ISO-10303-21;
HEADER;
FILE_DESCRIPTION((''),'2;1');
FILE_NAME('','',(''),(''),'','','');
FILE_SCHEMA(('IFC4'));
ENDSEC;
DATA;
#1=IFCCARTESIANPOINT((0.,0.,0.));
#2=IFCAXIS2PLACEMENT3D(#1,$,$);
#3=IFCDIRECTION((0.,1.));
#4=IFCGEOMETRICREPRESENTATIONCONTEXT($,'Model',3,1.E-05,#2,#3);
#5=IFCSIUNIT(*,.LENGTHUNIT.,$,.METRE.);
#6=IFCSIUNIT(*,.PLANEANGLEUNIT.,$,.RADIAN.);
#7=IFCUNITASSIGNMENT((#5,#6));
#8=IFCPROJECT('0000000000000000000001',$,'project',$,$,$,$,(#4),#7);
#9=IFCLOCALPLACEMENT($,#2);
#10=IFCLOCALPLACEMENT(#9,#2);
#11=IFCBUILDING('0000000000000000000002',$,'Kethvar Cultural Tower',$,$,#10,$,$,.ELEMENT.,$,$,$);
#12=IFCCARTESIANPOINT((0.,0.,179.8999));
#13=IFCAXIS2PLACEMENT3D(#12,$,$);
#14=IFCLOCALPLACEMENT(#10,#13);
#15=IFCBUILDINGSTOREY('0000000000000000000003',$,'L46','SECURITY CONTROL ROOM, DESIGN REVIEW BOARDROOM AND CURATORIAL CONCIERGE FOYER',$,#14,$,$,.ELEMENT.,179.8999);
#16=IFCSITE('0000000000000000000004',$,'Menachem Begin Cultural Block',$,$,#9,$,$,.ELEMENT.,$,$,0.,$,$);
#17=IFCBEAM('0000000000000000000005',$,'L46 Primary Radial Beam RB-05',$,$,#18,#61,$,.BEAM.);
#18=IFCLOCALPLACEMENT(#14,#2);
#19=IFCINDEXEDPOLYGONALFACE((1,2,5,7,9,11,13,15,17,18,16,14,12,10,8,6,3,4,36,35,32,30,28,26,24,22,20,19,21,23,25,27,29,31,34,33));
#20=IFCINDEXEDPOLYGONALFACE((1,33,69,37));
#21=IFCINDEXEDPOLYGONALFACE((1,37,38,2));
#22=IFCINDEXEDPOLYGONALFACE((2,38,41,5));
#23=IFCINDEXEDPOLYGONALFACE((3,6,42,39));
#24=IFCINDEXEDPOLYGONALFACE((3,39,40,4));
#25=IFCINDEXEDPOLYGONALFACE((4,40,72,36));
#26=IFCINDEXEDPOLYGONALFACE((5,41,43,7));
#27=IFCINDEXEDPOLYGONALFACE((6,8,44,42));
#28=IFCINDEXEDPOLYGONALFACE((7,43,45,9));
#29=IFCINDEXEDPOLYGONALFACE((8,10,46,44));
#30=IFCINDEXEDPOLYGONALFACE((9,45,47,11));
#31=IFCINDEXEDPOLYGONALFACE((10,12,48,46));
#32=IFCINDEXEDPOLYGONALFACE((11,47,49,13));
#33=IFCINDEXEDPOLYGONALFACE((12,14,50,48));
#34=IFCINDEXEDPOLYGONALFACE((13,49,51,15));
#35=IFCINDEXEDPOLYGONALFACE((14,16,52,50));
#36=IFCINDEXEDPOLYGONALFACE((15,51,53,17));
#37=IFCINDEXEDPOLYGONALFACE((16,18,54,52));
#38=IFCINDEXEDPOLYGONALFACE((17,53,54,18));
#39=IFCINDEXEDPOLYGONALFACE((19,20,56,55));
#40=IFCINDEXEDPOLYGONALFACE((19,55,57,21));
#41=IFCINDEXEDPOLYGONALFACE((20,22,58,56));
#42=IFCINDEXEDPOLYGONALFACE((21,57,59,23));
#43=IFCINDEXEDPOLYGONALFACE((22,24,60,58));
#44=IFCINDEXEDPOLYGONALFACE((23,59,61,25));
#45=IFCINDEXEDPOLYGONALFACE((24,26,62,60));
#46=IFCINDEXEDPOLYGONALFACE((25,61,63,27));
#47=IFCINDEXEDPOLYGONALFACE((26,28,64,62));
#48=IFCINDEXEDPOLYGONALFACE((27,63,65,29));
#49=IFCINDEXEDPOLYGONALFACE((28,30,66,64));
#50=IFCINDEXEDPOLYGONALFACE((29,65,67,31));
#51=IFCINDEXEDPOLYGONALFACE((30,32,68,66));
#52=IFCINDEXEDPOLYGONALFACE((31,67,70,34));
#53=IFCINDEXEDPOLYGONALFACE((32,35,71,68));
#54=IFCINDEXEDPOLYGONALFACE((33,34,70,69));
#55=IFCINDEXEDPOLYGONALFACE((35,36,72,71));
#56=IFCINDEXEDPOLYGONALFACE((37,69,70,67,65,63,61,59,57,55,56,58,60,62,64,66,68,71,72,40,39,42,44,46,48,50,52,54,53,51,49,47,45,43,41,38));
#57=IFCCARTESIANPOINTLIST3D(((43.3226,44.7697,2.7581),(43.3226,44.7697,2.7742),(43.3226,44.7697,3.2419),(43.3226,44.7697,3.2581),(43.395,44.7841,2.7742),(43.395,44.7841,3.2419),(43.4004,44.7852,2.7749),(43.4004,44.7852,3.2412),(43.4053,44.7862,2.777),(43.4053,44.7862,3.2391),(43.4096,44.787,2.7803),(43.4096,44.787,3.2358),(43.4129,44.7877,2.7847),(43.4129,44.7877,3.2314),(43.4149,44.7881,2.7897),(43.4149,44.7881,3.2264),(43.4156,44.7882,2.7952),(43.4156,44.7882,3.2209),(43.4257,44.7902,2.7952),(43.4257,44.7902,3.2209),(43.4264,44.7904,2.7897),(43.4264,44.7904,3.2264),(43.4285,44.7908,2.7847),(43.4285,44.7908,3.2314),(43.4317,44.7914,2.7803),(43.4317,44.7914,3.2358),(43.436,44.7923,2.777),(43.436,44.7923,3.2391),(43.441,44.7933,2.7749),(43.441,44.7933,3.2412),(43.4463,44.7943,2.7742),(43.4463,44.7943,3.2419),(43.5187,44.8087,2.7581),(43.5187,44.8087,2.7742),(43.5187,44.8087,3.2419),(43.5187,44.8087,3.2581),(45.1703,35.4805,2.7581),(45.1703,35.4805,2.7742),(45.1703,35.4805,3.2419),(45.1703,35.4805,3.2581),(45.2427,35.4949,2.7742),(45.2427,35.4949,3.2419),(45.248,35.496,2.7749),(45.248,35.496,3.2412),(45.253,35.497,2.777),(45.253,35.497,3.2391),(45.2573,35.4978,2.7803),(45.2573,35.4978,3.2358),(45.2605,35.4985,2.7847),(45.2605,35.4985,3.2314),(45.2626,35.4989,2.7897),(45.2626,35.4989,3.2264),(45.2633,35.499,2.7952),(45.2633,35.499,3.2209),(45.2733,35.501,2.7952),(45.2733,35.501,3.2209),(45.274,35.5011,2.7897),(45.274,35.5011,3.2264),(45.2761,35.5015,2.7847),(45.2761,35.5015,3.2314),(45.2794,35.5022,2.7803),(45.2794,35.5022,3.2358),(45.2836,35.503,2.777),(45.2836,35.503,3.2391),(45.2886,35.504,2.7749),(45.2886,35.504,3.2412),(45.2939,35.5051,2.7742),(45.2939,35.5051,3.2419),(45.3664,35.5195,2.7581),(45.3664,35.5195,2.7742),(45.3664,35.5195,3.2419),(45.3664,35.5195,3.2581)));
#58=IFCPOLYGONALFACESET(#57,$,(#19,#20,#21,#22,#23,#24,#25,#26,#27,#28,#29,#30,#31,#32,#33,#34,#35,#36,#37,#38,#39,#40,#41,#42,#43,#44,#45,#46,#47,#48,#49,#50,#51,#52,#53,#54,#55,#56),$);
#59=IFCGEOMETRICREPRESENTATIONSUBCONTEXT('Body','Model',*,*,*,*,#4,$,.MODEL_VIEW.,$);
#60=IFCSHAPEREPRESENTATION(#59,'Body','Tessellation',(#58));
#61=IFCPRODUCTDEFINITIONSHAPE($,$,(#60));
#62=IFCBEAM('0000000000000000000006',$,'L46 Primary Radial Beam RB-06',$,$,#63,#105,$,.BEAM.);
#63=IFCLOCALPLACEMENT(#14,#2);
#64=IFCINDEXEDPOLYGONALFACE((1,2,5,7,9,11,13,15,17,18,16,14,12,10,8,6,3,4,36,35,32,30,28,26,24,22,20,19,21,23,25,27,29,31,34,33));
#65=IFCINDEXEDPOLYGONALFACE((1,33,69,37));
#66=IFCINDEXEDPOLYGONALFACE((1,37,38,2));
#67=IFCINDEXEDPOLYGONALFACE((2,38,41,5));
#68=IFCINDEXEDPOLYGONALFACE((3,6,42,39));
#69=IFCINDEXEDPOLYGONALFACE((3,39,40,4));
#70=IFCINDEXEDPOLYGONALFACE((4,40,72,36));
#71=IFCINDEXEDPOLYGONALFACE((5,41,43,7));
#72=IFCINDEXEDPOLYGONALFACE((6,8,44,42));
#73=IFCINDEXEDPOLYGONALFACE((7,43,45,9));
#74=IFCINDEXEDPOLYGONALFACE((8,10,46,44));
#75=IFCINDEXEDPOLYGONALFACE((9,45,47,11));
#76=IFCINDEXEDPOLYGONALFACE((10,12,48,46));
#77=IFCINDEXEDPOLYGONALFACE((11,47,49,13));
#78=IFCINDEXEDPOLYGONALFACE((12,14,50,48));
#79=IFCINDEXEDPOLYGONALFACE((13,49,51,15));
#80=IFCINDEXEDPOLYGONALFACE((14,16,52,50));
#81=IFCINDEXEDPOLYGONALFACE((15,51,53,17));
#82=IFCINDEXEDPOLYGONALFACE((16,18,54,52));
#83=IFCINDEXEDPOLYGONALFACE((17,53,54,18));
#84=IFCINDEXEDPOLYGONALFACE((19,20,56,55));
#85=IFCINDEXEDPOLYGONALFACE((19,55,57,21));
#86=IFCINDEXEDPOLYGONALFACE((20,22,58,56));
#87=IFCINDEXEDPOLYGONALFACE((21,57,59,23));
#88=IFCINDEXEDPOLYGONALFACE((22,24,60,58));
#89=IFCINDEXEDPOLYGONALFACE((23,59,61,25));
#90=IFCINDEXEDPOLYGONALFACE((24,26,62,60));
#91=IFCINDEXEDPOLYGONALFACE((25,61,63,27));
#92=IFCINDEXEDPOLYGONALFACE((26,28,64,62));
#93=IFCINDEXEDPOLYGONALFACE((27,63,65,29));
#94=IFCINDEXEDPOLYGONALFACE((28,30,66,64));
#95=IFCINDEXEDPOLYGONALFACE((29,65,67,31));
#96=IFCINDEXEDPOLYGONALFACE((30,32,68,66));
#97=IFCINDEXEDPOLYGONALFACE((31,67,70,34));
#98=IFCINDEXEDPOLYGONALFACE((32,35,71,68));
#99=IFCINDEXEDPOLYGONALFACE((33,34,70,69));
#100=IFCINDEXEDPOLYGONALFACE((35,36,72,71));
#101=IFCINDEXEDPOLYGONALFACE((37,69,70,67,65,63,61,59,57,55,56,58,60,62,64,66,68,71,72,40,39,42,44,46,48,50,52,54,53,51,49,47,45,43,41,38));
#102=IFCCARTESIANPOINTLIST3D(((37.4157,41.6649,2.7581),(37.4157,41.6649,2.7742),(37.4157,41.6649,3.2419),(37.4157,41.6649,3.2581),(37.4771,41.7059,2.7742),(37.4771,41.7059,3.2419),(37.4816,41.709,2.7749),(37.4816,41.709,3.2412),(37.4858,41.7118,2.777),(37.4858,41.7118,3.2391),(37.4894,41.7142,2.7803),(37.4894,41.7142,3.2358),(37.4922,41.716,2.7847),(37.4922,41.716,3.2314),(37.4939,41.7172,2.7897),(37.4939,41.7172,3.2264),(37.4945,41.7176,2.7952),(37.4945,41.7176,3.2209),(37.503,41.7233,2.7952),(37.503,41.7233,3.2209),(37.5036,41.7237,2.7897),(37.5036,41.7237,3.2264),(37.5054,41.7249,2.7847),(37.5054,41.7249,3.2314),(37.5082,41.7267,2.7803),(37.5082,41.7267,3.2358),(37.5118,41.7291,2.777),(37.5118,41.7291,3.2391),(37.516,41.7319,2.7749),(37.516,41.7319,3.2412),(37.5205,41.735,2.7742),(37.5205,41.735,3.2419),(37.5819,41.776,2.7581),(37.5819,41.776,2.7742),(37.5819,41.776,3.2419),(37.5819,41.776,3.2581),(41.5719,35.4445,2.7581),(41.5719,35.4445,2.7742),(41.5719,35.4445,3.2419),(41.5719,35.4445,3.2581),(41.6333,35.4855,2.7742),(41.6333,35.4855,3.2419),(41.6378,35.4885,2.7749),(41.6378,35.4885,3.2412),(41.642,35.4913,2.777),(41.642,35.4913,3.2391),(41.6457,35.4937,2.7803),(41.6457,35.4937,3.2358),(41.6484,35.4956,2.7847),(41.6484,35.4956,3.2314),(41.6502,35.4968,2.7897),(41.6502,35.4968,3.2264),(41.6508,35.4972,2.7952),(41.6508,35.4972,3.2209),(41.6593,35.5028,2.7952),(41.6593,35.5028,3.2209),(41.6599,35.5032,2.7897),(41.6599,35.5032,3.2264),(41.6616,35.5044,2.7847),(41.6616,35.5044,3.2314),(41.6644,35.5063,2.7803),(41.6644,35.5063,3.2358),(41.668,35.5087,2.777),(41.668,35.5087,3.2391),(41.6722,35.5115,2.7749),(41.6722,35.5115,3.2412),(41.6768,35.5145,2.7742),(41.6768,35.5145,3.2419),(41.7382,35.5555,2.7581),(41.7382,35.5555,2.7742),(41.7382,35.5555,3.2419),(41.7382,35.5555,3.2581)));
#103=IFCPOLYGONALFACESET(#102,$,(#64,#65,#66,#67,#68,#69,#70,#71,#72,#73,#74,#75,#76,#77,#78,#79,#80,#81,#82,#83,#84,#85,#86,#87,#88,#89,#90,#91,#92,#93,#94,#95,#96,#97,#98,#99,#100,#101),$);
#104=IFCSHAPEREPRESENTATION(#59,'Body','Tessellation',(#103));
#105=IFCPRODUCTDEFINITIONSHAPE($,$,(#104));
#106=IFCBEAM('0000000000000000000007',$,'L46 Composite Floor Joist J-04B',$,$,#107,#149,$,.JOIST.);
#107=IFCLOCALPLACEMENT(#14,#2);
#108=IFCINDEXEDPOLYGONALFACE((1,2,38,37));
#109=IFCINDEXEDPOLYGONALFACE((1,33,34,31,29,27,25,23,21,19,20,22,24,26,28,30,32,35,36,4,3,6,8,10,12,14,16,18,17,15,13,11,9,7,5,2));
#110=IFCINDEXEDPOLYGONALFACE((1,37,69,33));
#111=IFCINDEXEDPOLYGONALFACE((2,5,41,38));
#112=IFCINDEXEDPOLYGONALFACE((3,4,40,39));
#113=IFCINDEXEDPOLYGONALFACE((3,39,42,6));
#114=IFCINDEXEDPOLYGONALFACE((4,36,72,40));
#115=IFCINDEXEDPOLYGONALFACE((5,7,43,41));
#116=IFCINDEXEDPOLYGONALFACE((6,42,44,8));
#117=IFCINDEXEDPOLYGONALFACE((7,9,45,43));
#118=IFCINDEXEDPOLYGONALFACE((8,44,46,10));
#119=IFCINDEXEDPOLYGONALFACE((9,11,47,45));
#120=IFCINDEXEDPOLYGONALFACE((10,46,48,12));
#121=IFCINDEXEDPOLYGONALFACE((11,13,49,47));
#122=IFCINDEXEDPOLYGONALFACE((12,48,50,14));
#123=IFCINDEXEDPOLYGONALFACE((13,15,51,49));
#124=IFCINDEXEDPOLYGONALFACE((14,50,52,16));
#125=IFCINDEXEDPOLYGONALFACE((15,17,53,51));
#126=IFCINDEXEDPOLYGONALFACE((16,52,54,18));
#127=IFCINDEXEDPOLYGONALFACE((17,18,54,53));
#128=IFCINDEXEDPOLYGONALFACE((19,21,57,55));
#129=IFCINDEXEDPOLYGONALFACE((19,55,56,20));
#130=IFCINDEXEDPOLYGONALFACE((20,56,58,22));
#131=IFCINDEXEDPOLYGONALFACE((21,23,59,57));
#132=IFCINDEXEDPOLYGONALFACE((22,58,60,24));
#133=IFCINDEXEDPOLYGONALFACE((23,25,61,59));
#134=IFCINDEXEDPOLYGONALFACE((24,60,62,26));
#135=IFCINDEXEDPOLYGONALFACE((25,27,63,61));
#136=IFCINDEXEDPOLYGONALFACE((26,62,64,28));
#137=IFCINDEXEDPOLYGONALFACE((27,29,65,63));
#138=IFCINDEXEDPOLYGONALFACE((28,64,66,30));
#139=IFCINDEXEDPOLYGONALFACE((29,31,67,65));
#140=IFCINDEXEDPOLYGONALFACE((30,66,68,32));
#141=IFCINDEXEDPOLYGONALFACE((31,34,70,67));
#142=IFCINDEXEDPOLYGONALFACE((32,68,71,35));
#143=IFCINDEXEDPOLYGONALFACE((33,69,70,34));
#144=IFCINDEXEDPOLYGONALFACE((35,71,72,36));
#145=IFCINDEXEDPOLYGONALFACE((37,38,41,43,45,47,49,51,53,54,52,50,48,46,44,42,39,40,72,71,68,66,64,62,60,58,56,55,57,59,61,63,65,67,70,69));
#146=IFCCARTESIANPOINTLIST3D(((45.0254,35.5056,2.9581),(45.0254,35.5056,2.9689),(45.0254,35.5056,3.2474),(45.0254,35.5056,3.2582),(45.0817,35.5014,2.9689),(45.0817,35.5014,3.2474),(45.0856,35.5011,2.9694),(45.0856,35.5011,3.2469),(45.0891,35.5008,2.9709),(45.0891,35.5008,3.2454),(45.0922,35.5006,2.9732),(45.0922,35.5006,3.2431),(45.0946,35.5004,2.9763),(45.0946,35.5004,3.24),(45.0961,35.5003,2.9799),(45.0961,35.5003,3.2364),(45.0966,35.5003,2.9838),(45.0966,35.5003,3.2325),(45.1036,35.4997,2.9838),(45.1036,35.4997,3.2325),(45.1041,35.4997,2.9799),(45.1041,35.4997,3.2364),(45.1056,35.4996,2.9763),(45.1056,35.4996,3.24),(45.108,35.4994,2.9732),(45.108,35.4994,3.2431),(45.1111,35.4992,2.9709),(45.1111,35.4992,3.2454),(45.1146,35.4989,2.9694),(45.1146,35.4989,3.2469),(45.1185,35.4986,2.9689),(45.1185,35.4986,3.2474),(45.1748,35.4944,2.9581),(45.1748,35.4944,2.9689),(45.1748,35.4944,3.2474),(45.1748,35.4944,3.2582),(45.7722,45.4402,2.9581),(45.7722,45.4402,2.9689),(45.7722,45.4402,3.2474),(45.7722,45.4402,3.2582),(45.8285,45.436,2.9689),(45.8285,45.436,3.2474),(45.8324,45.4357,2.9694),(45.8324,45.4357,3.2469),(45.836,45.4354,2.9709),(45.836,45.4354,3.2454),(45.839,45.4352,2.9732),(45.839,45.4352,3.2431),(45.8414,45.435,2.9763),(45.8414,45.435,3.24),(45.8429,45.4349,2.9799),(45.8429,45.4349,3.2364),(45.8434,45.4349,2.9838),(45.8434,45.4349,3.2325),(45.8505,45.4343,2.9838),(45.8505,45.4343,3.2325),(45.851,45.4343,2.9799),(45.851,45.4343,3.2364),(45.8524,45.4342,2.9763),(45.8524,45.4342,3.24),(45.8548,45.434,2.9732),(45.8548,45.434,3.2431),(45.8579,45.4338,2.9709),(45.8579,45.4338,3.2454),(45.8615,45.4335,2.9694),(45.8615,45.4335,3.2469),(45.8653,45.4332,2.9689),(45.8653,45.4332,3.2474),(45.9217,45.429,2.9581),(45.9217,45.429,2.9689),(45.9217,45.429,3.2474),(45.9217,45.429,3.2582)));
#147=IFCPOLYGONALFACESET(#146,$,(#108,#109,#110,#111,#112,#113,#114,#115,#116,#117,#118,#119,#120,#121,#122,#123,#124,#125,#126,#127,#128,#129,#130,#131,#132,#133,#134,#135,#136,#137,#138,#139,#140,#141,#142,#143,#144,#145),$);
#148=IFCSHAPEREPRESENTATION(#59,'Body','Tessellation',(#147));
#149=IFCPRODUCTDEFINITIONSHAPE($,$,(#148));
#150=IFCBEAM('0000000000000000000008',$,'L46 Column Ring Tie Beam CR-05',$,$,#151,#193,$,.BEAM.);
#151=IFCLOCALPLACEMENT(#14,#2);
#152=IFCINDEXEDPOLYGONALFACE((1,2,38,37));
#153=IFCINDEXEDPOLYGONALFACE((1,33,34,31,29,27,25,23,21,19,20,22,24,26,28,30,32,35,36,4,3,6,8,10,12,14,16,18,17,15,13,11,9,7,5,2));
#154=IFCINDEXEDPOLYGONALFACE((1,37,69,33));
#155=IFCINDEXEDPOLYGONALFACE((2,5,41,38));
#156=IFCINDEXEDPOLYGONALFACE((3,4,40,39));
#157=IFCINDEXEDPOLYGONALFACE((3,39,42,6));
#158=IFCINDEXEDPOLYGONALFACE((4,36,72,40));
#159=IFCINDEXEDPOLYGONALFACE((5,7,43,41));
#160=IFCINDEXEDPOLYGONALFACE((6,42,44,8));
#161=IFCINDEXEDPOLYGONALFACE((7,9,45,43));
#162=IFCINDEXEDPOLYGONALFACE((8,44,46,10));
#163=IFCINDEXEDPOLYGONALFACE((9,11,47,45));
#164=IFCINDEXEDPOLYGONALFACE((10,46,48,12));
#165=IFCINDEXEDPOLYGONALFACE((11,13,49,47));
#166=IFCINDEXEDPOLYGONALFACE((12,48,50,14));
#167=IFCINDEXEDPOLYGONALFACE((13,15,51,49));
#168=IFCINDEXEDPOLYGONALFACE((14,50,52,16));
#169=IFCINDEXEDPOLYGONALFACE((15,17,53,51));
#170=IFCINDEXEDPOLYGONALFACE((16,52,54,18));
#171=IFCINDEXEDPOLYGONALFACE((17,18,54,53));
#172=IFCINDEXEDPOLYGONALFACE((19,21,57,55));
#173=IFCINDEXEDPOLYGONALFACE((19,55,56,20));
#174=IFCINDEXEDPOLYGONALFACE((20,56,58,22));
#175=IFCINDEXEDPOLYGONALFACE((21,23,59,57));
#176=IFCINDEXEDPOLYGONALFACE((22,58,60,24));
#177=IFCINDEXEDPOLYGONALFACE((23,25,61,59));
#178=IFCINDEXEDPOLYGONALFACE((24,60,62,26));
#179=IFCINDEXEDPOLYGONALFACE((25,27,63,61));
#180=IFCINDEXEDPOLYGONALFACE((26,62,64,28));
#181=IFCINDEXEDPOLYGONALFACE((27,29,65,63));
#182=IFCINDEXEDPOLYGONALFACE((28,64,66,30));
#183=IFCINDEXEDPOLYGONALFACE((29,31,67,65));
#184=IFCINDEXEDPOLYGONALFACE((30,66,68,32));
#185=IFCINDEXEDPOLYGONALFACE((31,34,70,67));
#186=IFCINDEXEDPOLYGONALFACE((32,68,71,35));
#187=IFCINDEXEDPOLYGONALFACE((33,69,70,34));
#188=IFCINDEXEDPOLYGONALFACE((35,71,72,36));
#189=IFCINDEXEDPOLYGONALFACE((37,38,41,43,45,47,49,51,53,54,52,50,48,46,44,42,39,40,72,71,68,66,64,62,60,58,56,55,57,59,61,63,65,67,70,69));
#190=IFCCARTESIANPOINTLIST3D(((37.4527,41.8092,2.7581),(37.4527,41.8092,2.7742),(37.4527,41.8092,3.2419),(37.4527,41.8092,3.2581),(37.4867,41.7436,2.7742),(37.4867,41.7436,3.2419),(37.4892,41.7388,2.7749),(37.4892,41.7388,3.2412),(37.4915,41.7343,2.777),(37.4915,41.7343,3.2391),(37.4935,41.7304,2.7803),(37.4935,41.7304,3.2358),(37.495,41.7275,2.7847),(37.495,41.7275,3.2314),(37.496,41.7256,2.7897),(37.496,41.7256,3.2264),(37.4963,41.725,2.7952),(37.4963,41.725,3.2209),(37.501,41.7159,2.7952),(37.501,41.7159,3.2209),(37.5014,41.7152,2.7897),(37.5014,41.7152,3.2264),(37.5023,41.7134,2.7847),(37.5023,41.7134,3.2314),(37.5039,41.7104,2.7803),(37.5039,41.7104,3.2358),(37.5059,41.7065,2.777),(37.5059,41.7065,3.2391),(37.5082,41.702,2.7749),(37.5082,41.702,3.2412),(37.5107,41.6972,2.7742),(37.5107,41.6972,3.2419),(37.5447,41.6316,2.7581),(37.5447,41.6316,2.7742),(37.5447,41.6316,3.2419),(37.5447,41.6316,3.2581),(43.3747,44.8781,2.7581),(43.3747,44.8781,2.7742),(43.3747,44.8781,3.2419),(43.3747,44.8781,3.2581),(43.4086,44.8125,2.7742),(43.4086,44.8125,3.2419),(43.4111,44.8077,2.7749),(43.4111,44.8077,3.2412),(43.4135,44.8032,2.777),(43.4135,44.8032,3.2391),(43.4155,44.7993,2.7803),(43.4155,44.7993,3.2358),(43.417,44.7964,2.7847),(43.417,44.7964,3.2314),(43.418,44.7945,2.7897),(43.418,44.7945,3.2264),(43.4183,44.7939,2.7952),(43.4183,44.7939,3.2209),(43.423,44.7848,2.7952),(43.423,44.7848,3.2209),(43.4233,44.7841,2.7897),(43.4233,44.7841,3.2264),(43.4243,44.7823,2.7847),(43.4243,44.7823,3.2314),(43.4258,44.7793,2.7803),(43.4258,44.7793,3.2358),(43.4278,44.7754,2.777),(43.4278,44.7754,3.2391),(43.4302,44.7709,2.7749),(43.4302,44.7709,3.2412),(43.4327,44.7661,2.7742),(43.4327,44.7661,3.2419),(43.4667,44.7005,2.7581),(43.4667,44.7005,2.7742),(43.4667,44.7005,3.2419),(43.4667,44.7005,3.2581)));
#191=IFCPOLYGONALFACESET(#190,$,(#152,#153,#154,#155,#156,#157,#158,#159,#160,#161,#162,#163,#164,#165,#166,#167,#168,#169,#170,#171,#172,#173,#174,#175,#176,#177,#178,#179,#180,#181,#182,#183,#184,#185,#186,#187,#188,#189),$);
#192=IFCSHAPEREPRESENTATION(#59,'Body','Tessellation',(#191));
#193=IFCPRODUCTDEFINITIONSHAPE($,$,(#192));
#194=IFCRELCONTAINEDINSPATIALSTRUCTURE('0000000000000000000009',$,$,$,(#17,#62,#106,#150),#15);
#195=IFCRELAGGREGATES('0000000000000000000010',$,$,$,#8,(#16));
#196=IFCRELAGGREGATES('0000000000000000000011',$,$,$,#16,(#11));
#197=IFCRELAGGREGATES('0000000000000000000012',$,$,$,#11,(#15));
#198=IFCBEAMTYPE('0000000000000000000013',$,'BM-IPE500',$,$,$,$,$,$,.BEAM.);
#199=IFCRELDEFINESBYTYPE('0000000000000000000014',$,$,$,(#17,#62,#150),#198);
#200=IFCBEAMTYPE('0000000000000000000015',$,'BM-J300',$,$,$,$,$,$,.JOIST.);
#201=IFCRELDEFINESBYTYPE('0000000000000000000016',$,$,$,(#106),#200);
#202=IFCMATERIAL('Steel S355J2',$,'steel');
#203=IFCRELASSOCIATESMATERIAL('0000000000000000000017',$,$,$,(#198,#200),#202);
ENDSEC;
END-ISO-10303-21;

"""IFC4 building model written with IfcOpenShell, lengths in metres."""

from ifc_helpers import new_model, si_unit, direction, frame, origin, origin_2d, place, context, subcontext, project, spatial, i_section, extrude, source, transform, mapped, material, material_profile, profile_set, type_object, element, save


model = new_model("IFC4")

# Units and contexts
model_context = context("Model", 3, precision=1e-05, world=origin(), true_north=direction((0.0, 1.0)))
body_context = subcontext(model_context, "Body", "Model", "MODEL_VIEW")
ifc_project = project(units=[si_unit("LENGTHUNIT", "METRE"), si_unit("PLANEANGLEUNIT", "RADIAN")], contexts=[model_context])

# Site, building, storey
site_placement = place(None, origin())
site = spatial("IfcSite", under=ifc_project, at=site_placement, Name="Menachem Begin Cultural Block", CompositionType="ELEMENT", RefElevation=0.0)
building_placement = place(site_placement, origin())
building = spatial("IfcBuilding", under=site, at=building_placement, Name="Kethvar Cultural Tower", CompositionType="ELEMENT")
storey_placement = place(building_placement, frame((0.0, 0.0, 179.8999)))
storey = spatial("IfcBuildingStorey", under=building, at=storey_placement, Name="L46", Description="SECURITY CONTROL ROOM, DESIGN REVIEW BOARDROOM AND CURATORIAL CONCIERGE FOYER", CompositionType="ELEMENT", Elevation=179.8999)

# Beams
ifc_material_1 = material(Name="Steel S355J2", Category="steel")
ifc_material_profile_1 = material_profile(ifc_material_1, i_section(OverallWidth=0.2, OverallDepth=0.5, WebThickness=0.0103, FlangeThickness=0.0161, FilletRadius=0.021, at=origin_2d()), Name="Steel S355J2 — IPE500")
ifc_profile_set_1 = profile_set([ifc_material_profile_1], Name="Steel S355J2 — IPE500")
beam_type_1 = type_object("IfcBeamType", Name="BM-IPE500", PredefinedType="BEAM", material=ifc_profile_set_1)
shared_shape_1 = source(origin(), body_context, "Body", "SweptSolid", [
    extrude(i_section(OverallWidth=0.2, OverallDepth=0.5, WebThickness=0.0103, FlangeThickness=0.0161, FilletRadius=0.021, at=origin_2d()), origin(), (0.0, 0.0, 1.0), 9.4712),
])
beam_1_placement = place(storey_placement, frame((45.2683, 35.5, 3.0081), z_axis=(-0.19508, 0.980787, 0.0), x_axis=(-0.980787, -0.19508, 0.0)))
element("IfcBeam", 1, at=beam_1_placement, inside=storey, type_object=beam_type_1, Name="L46 Primary Radial Beam RB-05", PredefinedType="BEAM", context=body_context, shape_type="MappedRepresentation", body=[
    mapped(shared_shape_1, transform((0.0, 0.0, 0.0), scale=1.0)),
])
shared_shape_2 = source(origin(), body_context, "Body", "SweptSolid", [
    extrude(i_section(OverallWidth=0.2, OverallDepth=0.5, WebThickness=0.0103, FlangeThickness=0.0161, FilletRadius=0.021, at=origin_2d()), origin(), (0.0, 0.0, 1.0), 7.4812),
])
beam_2_placement = place(storey_placement, frame((41.655, 35.5, 3.0081), z_axis=(-0.555558, 0.831478, 0.0), x_axis=(-0.831478, -0.555558, 0.0)))
element("IfcBeam", 2, at=beam_2_placement, inside=storey, type_object=beam_type_1, Name="L46 Primary Radial Beam RB-06", PredefinedType="BEAM", context=body_context, shape_type="MappedRepresentation", body=[
    mapped(shared_shape_2, transform((0.0, 0.0, 0.0), scale=1.0)),
])
ifc_material_profile_2 = material_profile(ifc_material_1, i_section(OverallWidth=0.1499, OverallDepth=0.3, WebThickness=0.0071, FlangeThickness=0.0107, FilletRadius=0.0149, at=origin_2d()), Name="Steel S355J2 — IPE300")
ifc_profile_set_2 = profile_set([ifc_material_profile_2], Name="Steel S355J2 — IPE300")
beam_type_2 = type_object("IfcBeamType", Name="BM-J300", PredefinedType="JOIST", material=ifc_profile_set_2)
shared_shape_3 = source(origin(), body_context, "Body", "SweptSolid", [
    extrude(i_section(OverallWidth=0.1499, OverallDepth=0.3, WebThickness=0.0071, FlangeThickness=0.0107, FilletRadius=0.0149, at=origin_2d()), origin(), (0.0, 0.0, 1.0), 9.9626),
])
beam_3_placement = place(storey_placement, frame((45.1001, 35.5, 3.1082), z_axis=(0.074963, 0.997186, 0.0), x_axis=(-0.997186, 0.074963, 0.0)))
element("IfcBeam", 3, at=beam_3_placement, inside=storey, type_object=beam_type_2, Name="L46 Composite Floor Joist J-04B", PredefinedType="JOIST", context=body_context, shape_type="MappedRepresentation", body=[
    mapped(shared_shape_3, transform((0.0, 0.0, 0.0), scale=1.0)),
])
shared_shape_4 = source(origin(), body_context, "Body", "SweptSolid", [
    extrude(i_section(OverallWidth=0.2, OverallDepth=0.5, WebThickness=0.0103, FlangeThickness=0.0161, FilletRadius=0.021, at=origin_2d()), origin(), (0.0, 0.0, 1.0), 6.6699),
])
beam_4_placement = place(storey_placement, frame((43.4207, 44.7893, 3.0081), z_axis=(-0.887862, -0.46011, 0.0), x_axis=(0.46011, -0.887862, 0.0)))
element("IfcBeam", 4, at=beam_4_placement, inside=storey, type_object=beam_type_1, Name="L46 Column Ring Tie Beam CR-05", PredefinedType="BEAM", context=body_context, shape_type="MappedRepresentation", body=[
    mapped(shared_shape_4, transform((0.0, 0.0, 0.0), scale=1.0)),
])

save(model, "model.ifc")
